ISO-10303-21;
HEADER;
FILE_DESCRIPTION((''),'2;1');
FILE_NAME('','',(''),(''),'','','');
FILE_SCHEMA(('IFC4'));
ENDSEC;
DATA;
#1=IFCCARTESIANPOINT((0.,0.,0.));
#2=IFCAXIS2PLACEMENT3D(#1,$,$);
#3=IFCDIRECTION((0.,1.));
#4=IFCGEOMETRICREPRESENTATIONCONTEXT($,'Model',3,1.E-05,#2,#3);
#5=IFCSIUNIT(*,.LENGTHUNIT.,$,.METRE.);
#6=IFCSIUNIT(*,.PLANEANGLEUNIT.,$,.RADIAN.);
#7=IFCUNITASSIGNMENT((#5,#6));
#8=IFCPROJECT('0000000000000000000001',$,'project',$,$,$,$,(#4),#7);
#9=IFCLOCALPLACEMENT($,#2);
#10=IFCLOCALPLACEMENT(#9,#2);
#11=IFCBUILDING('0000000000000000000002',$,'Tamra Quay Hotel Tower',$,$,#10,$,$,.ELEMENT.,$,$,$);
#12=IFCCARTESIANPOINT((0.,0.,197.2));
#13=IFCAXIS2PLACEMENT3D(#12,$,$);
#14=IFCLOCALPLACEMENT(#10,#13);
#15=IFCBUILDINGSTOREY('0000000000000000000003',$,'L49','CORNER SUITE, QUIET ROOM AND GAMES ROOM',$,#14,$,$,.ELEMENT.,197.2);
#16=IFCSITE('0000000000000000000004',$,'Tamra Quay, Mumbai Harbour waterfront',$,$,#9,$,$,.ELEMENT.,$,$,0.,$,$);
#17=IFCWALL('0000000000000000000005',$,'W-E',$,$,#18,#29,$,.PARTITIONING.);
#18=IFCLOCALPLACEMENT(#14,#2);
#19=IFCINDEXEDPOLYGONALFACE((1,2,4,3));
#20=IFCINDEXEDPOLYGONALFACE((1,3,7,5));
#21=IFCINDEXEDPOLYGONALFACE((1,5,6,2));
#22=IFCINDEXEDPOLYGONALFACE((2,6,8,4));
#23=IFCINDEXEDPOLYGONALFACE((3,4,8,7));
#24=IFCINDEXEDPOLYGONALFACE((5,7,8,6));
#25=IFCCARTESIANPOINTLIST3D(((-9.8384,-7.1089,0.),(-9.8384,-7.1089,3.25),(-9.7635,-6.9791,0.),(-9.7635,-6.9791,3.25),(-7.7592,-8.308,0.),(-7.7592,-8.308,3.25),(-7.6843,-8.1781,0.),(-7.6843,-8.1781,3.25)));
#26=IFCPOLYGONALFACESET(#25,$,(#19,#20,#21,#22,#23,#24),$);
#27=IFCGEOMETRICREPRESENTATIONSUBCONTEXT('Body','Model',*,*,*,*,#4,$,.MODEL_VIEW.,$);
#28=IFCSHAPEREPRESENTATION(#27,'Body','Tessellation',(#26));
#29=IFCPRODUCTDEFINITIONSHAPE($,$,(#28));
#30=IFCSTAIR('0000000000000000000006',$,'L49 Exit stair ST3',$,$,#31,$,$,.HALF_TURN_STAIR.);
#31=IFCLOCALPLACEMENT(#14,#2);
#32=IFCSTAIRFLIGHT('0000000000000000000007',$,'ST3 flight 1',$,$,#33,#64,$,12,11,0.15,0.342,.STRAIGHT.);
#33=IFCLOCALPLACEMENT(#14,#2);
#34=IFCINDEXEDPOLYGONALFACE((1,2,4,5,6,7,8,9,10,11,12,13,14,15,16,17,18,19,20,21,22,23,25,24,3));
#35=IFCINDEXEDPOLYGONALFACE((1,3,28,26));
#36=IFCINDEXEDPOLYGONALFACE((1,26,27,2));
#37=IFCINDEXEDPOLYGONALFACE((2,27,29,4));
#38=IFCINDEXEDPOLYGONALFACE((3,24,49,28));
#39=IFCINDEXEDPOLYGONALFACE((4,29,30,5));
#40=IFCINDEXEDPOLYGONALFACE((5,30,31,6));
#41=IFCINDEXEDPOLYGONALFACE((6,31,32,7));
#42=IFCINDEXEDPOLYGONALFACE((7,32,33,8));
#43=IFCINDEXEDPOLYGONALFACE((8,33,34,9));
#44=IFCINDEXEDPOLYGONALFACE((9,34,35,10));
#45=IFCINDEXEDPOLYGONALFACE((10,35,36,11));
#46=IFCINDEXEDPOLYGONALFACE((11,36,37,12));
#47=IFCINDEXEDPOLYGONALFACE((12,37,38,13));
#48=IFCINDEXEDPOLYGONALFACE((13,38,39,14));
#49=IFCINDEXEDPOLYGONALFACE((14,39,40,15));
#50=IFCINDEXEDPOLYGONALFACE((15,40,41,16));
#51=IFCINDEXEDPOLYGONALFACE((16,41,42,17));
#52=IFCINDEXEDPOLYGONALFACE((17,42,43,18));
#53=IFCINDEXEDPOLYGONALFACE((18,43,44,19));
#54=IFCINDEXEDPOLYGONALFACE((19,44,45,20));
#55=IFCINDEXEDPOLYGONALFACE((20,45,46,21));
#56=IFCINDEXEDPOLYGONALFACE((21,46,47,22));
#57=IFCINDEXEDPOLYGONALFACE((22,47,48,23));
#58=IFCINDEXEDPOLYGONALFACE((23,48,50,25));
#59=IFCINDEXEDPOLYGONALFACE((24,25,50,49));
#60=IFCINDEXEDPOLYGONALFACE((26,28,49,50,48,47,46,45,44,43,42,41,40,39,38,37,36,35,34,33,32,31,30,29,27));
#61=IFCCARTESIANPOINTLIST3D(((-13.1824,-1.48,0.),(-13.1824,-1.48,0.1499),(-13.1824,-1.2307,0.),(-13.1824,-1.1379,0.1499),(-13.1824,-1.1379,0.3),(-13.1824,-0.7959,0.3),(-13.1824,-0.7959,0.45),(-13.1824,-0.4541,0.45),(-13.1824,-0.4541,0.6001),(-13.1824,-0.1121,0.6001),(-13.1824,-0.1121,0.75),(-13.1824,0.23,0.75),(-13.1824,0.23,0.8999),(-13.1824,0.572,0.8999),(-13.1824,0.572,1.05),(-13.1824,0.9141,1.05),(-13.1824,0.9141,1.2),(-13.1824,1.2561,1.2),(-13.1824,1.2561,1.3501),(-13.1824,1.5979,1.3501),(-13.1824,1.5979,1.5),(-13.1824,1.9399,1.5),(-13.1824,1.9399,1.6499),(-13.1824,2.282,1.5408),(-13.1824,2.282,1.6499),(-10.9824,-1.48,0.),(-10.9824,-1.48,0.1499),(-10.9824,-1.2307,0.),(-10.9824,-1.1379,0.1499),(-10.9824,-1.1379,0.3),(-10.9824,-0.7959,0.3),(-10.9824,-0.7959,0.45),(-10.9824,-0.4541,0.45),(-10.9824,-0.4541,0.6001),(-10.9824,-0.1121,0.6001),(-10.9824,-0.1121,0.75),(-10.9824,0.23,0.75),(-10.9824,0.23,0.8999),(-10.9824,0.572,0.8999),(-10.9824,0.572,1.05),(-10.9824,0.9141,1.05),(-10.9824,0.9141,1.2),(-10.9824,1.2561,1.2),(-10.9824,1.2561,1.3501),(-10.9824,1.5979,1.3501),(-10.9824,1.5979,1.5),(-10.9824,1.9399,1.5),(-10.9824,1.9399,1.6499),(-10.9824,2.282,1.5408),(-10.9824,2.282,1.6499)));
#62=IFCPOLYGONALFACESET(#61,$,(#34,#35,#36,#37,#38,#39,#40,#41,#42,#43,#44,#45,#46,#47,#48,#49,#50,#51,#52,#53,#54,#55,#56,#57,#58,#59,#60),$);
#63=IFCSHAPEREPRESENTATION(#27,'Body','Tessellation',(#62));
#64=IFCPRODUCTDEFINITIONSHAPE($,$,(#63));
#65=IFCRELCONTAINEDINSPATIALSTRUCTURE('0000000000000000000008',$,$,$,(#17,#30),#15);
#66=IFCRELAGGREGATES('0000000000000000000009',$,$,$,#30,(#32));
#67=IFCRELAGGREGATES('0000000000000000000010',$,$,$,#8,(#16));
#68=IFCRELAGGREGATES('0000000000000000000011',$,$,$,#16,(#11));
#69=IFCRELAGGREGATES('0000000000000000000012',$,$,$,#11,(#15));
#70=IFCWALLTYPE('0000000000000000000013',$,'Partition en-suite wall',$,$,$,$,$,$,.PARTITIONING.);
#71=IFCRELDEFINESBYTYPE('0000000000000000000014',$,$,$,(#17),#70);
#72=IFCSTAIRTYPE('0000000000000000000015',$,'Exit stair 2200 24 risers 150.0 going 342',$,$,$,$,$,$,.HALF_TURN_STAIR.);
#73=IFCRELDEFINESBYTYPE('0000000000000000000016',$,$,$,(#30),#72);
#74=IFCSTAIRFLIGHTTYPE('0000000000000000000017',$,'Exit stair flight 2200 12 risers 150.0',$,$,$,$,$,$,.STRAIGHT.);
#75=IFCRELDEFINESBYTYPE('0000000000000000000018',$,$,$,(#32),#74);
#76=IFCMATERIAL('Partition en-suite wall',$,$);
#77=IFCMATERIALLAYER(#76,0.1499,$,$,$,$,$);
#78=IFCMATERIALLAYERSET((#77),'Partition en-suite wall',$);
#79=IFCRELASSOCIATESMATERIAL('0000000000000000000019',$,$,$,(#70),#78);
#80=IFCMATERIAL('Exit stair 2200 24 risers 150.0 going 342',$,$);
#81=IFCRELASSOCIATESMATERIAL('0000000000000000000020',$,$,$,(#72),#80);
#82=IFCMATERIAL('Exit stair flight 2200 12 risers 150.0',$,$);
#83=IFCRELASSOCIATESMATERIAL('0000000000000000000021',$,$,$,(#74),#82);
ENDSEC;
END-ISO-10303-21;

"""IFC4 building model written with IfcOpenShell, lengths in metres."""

from ifc_helpers import new_model, si_unit, direction, frame, frame_2d, origin, place, context, subcontext, project, spatial, polyline, rectangle, outline, extrude, material, layer, layer_set, type_object, element, aggregate, save


model = new_model("IFC4")

# Units and contexts
model_context = context("Model", 3, precision=1e-05, world=origin(), true_north=direction((0.0, 1.0)))
body_context = subcontext(model_context, "Body", "Model", "MODEL_VIEW")
ifc_project = project(units=[si_unit("LENGTHUNIT", "METRE"), si_unit("PLANEANGLEUNIT", "RADIAN")], contexts=[model_context])

# Site, building, storey
site_placement = place(None, origin())
site = spatial("IfcSite", under=ifc_project, at=site_placement, Name="Tamra Quay, Mumbai Harbour waterfront", CompositionType="ELEMENT", RefElevation=0.0)
building_placement = place(site_placement, origin())
building = spatial("IfcBuilding", under=site, at=building_placement, Name="Tamra Quay Hotel Tower", CompositionType="ELEMENT")
storey_placement = place(building_placement, frame((0.0, 0.0, 197.2)))
storey = spatial("IfcBuildingStorey", under=building, at=storey_placement, Name="L49", Description="CORNER SUITE, QUIET ROOM AND GAMES ROOM", CompositionType="ELEMENT", Elevation=197.2)

# Wall
ifc_material_1 = material(Name="Partition en-suite wall")
ifc_layer_1 = layer(ifc_material_1, 0.1499)
ifc_layer_set_1 = layer_set([ifc_layer_1], Name="Partition en-suite wall")
wall_type_1 = type_object("IfcWallType", Name="Partition en-suite wall", PredefinedType="PARTITIONING", material=ifc_layer_set_1)
wall_1_placement = place(storey_placement, frame((-9.801, -7.0439, 0.0), z_axis=(0.0, 0.0, 1.0), x_axis=(0.866277, -0.499564, 0.0)))
element("IfcWall", 1, at=wall_1_placement, inside=storey, type_object=wall_type_1, Name="W-E", PredefinedType="PARTITIONING", context=body_context, shape_type="SweptSolid", body=[
    extrude(rectangle(XDim=2.4001, YDim=0.1499, at=frame_2d((1.2002, 0.0))), origin(), (0.0, 0.0, 1.0), 3.25),
])

# Stair, stair flight
ifc_material_2 = material(Name="Exit stair 2200 24 risers 150.0 going 342")
stair_type = type_object("IfcStairType", Name="Exit stair 2200 24 risers 150.0 going 342", PredefinedType="HALF_TURN_STAIR", material=ifc_material_2)
stair_placement = place(storey_placement, origin())
stair = element("IfcStair", 2, at=stair_placement, inside=storey, type_object=stair_type, Name="L49 Exit stair ST3", PredefinedType="HALF_TURN_STAIR")
ifc_material_3 = material(Name="Exit stair flight 2200 12 risers 150.0")
stair_flight_type = type_object("IfcStairFlightType", Name="Exit stair flight 2200 12 risers 150.0", PredefinedType="STRAIGHT", material=ifc_material_3)
stair_flight_placement = place(storey_placement, frame((-12.0823, -1.48, 0.0), z_axis=(0.0, 0.0, 1.0), x_axis=(0.0, 1.0, 0.0)))
stair_flight = element("IfcStairFlight", 3, at=stair_flight_placement, type_object=stair_flight_type, Name="ST3 flight 1", NumberOfRisers=12, NumberOfTreads=11, PredefinedType="STRAIGHT", RiserHeight=0.15, TreadLength=0.342, context=body_context, shape_type="SweptSolid", body=[
    extrude(outline(polyline([(0.0, 0.0), (0.0, 0.1499), (0.342, 0.1499), (0.342, 0.3), (0.6841, 0.3), (0.6841, 0.45), (1.0259, 0.45), (1.0259, 0.6001), (1.3679, 0.6001), (1.3679, 0.75), (1.71, 0.75), (1.71, 0.8999), (2.052, 0.8999), (2.052, 1.05), (2.394, 1.05), (2.394, 1.2), (2.7361, 1.2), (2.7361, 1.3501), (3.0779, 1.3501), (3.0779, 1.5), (3.4199, 1.5), (3.4199, 1.6499), (3.762, 1.6499), (3.762, 1.8), (3.762, 1.5408), (0.2493, 0.0), (0.0, 0.0)])), frame((0.0, 1.1001, 0.0), z_axis=(0.0, -1.0, 0.0), x_axis=(1.0, 0.0, 0.0)), (0.0, 0.0, 1.0), 2.2),
])
aggregate(stair, [stair_flight])

save(model, "model.ifc")
